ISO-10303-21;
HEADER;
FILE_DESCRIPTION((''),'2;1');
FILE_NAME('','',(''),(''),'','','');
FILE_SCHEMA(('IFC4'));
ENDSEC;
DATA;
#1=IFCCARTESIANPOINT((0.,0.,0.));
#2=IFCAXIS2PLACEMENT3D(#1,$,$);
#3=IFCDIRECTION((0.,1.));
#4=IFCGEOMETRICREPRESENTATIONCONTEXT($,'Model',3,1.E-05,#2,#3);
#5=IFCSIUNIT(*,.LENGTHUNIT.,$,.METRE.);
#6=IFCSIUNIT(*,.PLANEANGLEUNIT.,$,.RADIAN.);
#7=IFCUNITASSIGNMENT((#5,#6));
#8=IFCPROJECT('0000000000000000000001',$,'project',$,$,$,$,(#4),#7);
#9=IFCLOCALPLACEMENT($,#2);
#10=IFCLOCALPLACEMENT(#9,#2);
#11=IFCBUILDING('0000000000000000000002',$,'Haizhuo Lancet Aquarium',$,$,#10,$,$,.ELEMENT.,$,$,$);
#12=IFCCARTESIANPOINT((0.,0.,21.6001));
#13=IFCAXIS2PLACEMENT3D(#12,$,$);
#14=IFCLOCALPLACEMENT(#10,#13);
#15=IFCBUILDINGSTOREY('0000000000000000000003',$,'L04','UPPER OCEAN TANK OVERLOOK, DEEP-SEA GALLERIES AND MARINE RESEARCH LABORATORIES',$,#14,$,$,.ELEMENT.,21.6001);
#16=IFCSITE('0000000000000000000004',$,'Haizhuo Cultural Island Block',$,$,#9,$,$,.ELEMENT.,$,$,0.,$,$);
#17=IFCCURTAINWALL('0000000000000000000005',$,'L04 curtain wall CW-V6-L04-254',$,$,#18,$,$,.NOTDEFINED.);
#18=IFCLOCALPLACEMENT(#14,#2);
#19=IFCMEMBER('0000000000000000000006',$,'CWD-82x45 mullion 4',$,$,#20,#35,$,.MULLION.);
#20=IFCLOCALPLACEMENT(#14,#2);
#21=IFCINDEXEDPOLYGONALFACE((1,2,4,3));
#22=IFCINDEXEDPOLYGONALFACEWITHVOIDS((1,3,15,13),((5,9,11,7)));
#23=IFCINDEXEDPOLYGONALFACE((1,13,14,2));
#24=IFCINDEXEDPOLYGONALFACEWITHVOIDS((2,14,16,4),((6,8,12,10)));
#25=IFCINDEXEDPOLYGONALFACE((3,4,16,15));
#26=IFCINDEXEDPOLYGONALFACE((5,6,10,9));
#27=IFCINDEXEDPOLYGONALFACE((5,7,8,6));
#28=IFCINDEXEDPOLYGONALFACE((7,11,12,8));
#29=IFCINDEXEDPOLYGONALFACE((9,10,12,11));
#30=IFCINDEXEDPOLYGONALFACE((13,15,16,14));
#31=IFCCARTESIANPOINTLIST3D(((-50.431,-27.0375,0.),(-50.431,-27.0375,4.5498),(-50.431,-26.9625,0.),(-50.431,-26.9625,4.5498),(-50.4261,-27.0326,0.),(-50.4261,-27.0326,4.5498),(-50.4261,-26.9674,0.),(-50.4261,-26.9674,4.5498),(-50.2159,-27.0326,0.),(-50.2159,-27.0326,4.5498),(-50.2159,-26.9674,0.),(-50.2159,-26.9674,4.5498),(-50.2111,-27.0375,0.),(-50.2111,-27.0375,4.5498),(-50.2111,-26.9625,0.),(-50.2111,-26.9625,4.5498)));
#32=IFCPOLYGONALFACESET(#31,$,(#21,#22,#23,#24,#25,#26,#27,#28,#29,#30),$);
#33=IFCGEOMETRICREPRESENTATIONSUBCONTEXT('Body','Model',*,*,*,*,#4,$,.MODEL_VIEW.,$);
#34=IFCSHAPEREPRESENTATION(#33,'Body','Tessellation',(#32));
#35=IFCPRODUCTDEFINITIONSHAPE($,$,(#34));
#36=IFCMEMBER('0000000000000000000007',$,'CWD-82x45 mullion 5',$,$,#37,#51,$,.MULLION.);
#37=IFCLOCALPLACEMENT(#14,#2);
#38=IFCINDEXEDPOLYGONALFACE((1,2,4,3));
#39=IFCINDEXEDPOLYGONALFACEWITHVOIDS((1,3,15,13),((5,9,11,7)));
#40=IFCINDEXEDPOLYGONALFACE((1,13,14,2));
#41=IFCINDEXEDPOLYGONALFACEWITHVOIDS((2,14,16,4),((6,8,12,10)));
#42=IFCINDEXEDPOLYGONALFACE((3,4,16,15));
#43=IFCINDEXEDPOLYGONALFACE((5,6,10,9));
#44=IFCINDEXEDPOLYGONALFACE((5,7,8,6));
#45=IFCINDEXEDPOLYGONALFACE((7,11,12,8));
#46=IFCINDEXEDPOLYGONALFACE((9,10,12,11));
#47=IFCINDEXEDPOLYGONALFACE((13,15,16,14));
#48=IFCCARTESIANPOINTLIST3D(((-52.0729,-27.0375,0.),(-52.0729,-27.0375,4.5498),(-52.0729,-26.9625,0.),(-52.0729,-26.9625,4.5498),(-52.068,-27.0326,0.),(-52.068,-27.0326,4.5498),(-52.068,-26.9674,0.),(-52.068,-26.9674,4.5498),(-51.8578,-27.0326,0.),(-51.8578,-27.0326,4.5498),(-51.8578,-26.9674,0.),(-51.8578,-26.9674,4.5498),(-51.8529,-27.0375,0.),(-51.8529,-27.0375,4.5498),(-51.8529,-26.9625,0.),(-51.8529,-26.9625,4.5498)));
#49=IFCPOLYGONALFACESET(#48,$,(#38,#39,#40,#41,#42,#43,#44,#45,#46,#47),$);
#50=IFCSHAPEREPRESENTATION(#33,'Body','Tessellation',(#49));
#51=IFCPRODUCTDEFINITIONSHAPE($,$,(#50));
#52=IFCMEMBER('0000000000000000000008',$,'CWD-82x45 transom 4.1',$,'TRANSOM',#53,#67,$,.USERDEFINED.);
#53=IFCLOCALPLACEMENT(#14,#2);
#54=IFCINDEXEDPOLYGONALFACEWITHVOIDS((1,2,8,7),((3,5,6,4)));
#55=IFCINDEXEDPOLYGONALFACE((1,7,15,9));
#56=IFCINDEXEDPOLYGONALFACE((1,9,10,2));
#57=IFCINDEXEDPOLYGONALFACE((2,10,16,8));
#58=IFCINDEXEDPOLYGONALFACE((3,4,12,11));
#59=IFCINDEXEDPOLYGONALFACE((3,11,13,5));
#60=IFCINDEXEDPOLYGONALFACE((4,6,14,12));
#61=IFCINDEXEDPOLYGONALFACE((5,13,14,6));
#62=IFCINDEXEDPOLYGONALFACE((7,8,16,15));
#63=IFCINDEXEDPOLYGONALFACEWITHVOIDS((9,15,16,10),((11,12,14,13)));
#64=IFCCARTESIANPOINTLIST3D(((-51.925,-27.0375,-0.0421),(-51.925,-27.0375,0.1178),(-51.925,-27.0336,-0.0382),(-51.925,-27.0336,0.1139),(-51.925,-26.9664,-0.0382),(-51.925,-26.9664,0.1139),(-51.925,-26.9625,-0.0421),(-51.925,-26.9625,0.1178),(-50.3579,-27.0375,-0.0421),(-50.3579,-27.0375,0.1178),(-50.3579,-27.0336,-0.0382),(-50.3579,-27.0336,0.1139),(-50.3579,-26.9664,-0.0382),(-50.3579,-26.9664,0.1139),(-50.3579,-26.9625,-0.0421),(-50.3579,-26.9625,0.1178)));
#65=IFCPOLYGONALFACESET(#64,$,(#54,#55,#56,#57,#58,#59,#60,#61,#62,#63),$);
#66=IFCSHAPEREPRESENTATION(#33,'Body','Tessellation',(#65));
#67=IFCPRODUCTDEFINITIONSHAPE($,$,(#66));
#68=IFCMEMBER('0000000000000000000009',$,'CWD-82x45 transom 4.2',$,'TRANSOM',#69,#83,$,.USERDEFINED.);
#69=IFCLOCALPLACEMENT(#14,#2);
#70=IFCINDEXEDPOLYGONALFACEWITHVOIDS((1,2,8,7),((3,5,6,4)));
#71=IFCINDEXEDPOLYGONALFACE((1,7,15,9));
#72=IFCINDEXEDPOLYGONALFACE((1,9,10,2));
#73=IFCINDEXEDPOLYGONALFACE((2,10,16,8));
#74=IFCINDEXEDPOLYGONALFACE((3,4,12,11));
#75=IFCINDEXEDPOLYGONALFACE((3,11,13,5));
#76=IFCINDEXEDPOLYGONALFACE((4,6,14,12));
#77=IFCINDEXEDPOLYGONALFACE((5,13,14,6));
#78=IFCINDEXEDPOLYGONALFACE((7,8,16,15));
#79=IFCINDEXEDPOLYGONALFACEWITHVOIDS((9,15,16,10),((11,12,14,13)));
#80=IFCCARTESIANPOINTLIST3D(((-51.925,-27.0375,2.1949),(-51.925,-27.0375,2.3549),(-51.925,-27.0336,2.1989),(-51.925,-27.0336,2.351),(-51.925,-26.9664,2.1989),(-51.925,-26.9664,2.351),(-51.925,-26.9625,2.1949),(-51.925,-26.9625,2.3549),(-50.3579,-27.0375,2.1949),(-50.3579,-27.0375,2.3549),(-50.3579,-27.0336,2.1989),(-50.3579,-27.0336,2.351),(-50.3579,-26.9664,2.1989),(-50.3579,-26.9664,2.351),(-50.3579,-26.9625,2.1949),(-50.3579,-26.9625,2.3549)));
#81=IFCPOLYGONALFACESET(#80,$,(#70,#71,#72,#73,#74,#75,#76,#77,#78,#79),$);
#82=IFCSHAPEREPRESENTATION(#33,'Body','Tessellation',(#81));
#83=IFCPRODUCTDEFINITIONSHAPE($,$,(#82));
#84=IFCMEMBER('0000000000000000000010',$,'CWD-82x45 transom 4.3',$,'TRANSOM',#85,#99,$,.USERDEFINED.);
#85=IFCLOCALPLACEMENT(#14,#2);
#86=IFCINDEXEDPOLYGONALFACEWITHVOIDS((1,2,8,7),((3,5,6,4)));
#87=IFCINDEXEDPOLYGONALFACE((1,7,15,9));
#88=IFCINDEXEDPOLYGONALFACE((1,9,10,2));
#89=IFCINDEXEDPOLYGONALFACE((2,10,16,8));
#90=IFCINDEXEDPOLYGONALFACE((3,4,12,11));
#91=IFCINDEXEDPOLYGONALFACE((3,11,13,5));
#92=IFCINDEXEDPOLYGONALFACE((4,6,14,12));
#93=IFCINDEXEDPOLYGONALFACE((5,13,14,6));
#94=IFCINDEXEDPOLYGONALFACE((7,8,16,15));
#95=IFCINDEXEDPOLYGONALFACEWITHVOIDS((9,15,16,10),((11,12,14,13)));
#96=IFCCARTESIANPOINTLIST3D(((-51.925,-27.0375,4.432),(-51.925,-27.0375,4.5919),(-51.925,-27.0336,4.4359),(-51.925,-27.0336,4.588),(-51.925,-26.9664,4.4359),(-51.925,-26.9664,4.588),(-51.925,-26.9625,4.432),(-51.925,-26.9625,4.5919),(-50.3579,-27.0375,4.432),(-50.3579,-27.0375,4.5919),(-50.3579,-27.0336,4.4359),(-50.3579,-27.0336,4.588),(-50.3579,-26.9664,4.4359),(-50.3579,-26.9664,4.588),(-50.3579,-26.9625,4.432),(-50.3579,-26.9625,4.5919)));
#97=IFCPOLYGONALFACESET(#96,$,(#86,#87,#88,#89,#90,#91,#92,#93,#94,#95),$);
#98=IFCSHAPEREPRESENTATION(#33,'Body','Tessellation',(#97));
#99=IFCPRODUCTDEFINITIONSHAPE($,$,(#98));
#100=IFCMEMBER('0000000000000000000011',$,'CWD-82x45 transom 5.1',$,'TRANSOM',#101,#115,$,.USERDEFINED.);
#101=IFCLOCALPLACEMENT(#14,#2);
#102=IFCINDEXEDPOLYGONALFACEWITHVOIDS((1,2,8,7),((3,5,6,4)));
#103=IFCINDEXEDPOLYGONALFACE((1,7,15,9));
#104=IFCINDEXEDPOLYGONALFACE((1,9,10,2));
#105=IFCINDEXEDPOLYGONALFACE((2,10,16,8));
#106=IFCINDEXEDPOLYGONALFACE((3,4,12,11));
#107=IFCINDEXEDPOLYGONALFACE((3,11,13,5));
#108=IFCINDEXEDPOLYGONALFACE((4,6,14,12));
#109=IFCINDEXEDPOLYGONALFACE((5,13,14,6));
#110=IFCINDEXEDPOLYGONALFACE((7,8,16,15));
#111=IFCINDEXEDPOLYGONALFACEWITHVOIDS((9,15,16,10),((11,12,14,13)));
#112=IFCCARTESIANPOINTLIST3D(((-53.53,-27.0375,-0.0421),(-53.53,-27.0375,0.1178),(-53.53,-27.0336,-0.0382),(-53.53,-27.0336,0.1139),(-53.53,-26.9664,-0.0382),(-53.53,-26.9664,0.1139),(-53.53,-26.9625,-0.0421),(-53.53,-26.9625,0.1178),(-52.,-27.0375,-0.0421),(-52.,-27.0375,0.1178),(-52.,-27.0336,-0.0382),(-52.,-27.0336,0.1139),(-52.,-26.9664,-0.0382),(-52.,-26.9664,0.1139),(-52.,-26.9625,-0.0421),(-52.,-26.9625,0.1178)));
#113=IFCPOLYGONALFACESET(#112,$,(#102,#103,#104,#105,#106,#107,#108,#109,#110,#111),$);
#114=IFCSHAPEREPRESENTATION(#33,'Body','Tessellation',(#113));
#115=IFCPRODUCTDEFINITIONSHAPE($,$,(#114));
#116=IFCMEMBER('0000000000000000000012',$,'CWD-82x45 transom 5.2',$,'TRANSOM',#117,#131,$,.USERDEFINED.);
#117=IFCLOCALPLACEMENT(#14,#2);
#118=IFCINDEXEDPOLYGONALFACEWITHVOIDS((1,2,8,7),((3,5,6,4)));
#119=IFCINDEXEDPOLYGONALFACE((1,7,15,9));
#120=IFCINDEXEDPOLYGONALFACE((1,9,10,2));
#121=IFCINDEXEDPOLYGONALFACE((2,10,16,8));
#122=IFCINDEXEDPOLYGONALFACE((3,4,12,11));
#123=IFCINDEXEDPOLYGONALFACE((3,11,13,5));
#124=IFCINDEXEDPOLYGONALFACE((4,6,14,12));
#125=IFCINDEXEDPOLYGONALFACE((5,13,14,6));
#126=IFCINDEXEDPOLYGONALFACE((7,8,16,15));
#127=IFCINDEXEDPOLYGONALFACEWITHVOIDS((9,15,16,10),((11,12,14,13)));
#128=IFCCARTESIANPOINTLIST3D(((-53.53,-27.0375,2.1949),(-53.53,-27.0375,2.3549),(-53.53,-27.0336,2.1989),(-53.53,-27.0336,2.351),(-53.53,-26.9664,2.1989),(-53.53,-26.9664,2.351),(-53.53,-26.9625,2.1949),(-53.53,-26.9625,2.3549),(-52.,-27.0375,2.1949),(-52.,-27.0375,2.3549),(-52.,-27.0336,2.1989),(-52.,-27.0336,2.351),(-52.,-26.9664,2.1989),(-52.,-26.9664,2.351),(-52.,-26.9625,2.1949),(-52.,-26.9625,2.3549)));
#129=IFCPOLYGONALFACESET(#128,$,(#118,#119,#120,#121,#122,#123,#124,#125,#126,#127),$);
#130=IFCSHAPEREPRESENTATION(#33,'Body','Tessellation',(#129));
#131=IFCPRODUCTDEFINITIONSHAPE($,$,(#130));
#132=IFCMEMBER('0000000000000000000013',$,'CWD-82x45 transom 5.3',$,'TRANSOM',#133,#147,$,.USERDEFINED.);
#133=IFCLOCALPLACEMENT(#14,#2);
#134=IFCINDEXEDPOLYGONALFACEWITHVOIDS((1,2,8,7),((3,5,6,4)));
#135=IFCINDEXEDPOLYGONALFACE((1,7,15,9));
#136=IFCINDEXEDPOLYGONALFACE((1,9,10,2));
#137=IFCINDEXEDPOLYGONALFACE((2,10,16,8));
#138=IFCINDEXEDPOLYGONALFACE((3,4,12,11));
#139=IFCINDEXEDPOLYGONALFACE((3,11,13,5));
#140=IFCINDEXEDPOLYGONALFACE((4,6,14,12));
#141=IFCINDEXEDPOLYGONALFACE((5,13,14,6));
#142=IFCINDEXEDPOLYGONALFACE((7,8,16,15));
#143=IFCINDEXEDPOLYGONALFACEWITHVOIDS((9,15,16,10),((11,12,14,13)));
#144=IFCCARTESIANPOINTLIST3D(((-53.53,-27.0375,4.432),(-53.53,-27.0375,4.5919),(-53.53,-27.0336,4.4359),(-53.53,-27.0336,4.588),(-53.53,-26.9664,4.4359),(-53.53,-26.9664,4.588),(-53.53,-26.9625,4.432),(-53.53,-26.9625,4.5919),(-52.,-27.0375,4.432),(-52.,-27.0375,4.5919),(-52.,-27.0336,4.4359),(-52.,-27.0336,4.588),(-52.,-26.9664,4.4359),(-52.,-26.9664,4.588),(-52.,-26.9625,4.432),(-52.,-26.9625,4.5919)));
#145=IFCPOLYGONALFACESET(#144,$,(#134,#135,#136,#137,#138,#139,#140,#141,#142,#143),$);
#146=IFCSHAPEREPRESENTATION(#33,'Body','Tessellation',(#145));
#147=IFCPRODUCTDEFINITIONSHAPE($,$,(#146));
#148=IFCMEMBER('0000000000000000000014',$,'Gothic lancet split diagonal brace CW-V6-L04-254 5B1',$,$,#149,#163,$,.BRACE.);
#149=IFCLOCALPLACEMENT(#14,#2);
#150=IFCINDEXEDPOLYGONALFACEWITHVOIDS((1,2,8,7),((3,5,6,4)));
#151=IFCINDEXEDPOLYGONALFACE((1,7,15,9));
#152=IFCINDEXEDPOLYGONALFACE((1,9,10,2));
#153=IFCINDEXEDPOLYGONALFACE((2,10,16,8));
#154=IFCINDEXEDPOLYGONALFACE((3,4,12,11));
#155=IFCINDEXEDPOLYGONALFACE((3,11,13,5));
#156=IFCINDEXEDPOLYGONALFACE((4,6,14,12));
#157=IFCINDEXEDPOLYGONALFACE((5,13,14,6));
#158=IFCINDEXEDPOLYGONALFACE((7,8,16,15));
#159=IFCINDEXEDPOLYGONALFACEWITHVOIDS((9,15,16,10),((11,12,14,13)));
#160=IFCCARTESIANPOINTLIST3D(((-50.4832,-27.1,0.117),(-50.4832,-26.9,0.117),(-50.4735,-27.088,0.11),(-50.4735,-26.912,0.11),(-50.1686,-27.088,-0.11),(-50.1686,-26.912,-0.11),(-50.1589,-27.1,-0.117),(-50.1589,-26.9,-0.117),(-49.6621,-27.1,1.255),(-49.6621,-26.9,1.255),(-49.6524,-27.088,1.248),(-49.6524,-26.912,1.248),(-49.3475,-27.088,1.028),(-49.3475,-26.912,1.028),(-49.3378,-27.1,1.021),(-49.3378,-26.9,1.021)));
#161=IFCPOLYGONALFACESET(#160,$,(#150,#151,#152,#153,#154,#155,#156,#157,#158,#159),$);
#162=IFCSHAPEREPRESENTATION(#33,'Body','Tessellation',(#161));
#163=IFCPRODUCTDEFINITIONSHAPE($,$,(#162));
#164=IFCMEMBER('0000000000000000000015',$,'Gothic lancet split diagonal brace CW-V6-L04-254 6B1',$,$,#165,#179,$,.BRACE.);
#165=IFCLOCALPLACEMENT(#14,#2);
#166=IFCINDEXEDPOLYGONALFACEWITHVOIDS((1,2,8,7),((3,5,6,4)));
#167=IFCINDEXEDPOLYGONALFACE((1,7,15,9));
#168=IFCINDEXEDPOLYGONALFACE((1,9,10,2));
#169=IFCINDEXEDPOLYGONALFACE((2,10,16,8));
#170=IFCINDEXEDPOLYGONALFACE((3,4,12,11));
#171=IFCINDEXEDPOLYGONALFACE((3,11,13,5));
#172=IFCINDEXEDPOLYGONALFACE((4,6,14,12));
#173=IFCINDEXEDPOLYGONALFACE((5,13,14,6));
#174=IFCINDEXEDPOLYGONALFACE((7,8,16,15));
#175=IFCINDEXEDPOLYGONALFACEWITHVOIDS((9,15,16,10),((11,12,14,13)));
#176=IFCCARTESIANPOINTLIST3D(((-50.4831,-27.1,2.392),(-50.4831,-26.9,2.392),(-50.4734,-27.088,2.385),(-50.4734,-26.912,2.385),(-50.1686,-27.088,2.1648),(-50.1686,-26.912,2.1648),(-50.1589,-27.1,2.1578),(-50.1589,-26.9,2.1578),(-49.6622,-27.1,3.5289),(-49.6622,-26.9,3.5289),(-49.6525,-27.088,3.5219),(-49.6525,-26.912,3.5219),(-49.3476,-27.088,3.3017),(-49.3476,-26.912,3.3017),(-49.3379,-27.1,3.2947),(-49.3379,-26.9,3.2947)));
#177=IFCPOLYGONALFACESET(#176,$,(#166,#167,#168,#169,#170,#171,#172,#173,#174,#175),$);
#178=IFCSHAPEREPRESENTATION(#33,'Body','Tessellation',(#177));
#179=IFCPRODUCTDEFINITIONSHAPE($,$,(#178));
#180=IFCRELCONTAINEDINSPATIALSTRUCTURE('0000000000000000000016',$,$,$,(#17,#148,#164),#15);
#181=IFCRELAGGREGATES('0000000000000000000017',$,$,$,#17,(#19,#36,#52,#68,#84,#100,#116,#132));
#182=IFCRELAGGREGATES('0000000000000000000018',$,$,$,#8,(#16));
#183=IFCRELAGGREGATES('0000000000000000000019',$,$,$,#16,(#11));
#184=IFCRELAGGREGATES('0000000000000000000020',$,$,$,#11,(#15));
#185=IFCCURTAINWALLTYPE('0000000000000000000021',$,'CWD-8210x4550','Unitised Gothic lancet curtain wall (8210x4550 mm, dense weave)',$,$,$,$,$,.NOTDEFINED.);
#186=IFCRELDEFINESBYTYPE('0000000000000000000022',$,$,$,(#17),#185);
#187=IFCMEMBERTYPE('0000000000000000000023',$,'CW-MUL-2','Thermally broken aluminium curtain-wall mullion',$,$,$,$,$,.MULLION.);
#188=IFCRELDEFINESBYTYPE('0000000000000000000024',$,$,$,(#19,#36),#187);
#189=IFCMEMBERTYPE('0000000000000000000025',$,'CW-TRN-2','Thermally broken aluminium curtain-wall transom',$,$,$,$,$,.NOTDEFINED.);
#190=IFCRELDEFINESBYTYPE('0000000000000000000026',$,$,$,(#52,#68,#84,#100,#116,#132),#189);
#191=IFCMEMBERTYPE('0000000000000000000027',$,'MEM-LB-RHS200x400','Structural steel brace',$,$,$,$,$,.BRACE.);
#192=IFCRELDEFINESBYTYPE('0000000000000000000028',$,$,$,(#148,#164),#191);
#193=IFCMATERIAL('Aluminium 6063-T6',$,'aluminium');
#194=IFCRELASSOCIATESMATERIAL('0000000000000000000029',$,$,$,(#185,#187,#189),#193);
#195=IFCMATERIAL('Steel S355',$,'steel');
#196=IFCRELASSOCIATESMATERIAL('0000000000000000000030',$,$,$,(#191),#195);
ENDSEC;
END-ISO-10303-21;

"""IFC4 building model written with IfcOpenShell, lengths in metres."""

from ifc_helpers import new_model, si_unit, direction, frame, origin, origin_2d, place, context, subcontext, project, spatial, hollow_rectangle, extrude, material, material_profile, profile_set, type_object, element, aggregate, save


model = new_model("IFC4")

# Units and contexts
model_context = context("Model", 3, precision=1e-05, world=origin(), true_north=direction((0.0, 1.0)))
body_context = subcontext(model_context, "Body", "Model", "MODEL_VIEW")
ifc_project = project(units=[si_unit("LENGTHUNIT", "METRE"), si_unit("PLANEANGLEUNIT", "RADIAN")], contexts=[model_context])

# Site, building, storey
site_placement = place(None, origin())
site = spatial("IfcSite", under=ifc_project, at=site_placement, Name="Haizhuo Cultural Island Block", CompositionType="ELEMENT", RefElevation=0.0)
building_placement = place(site_placement, origin())
building = spatial("IfcBuilding", under=site, at=building_placement, Name="Haizhuo Lancet Aquarium", CompositionType="ELEMENT")
storey_placement = place(building_placement, frame((0.0, 0.0, 21.6001)))
storey = spatial("IfcBuildingStorey", under=building, at=storey_placement, Name="L04", Description="UPPER OCEAN TANK OVERLOOK, DEEP-SEA GALLERIES AND MARINE RESEARCH LABORATORIES", CompositionType="ELEMENT", Elevation=21.6001)

# Curtain wall, members
ifc_material_1 = material(Name="Aluminium 6063-T6", Category="aluminium")
curtain_wall_type = type_object("IfcCurtainWallType", Name="CWD-8210x4550", Description="Unitised Gothic lancet curtain wall (8210x4550 mm, dense weave)", PredefinedType="NOTDEFINED", material=ifc_material_1)
curtain_wall_placement = place(storey_placement, origin())
curtain_wall = element("IfcCurtainWall", 1, at=curtain_wall_placement, inside=storey, type_object=curtain_wall_type, Name="L04 curtain wall CW-V6-L04-254", PredefinedType="NOTDEFINED")
ifc_material_profile_1 = material_profile(ifc_material_1, hollow_rectangle(XDim=0.075, YDim=0.22, WallThickness=0.0049, at=origin_2d()), Name="ALU-M 75x220x5")
ifc_profile_set_1 = profile_set([ifc_material_profile_1], Name="Aluminium 6063-T6")
member_type_1 = type_object("IfcMemberType", Name="CW-MUL-2", Description="Thermally broken aluminium curtain-wall mullion", PredefinedType="MULLION", material=ifc_profile_set_1)
member_1_placement = place(storey_placement, frame((-50.321, -27.0, 0.0), z_axis=(0.0, 0.0, 1.0), x_axis=(0.0, -1.0, 0.0)))
member_1 = element("IfcMember", 2, at=member_1_placement, type_object=member_type_1, Name="CWD-82x45 mullion 4", PredefinedType="MULLION", context=body_context, shape_type="SweptSolid", body=[
    extrude(hollow_rectangle(XDim=0.075, YDim=0.22, WallThickness=0.0049, at=origin_2d()), origin(), (0.0, 0.0, 1.0), 4.5498),
])
member_2_placement = place(storey_placement, frame((-51.9629, -27.0, 0.0), z_axis=(0.0, 0.0, 1.0), x_axis=(0.0, -1.0, 0.0)))
member_2 = element("IfcMember", 3, at=member_2_placement, type_object=member_type_1, Name="CWD-82x45 mullion 5", PredefinedType="MULLION", context=body_context, shape_type="SweptSolid", body=[
    extrude(hollow_rectangle(XDim=0.075, YDim=0.22, WallThickness=0.0049, at=origin_2d()), origin(), (0.0, 0.0, 1.0), 4.5498),
])
ifc_material_profile_2 = material_profile(ifc_material_1, hollow_rectangle(XDim=0.075, YDim=0.1599, WallThickness=0.0039, at=origin_2d()), Name="ALU-T 75x160x4")
ifc_profile_set_2 = profile_set([ifc_material_profile_2], Name="Aluminium 6063-T6")
member_type_2 = type_object("IfcMemberType", Name="CW-TRN-2", Description="Thermally broken aluminium curtain-wall transom", PredefinedType="NOTDEFINED", material=ifc_profile_set_2)
member_3_placement = place(storey_placement, frame((-50.3579, -27.0, 0.0378), z_axis=(-1.0, 0.0, 0.0), x_axis=(0.0, -1.0, 0.0)))
member_3 = element("IfcMember", 4, at=member_3_placement, type_object=member_type_2, Name="CWD-82x45 transom 4.1", ObjectType="TRANSOM", PredefinedType="USERDEFINED", context=body_context, shape_type="SweptSolid", body=[
    extrude(hollow_rectangle(XDim=0.075, YDim=0.1599, WallThickness=0.0039, at=origin_2d()), origin(), (0.0, 0.0, 1.0), 1.5671),
])
member_4_placement = place(storey_placement, frame((-50.3579, -27.0, 2.2749), z_axis=(-1.0, 0.0, 0.0), x_axis=(0.0, -1.0, 0.0)))
member_4 = element("IfcMember", 5, at=member_4_placement, type_object=member_type_2, Name="CWD-82x45 transom 4.2", ObjectType="TRANSOM", PredefinedType="USERDEFINED", context=body_context, shape_type="SweptSolid", body=[
    extrude(hollow_rectangle(XDim=0.075, YDim=0.1599, WallThickness=0.0039, at=origin_2d()), origin(), (0.0, 0.0, 1.0), 1.5671),
])
member_5_placement = place(storey_placement, frame((-50.3579, -27.0, 4.512), z_axis=(-1.0, 0.0, 0.0), x_axis=(0.0, -1.0, 0.0)))
member_5 = element("IfcMember", 6, at=member_5_placement, type_object=member_type_2, Name="CWD-82x45 transom 4.3", ObjectType="TRANSOM", PredefinedType="USERDEFINED", context=body_context, shape_type="SweptSolid", body=[
    extrude(hollow_rectangle(XDim=0.075, YDim=0.1599, WallThickness=0.0039, at=origin_2d()), origin(), (0.0, 0.0, 1.0), 1.5671),
])
member_6_placement = place(storey_placement, frame((-52.0, -27.0, 0.0378), z_axis=(-1.0, 0.0, 0.0), x_axis=(0.0, -1.0, 0.0)))
member_6 = element("IfcMember", 7, at=member_6_placement, type_object=member_type_2, Name="CWD-82x45 transom 5.1", ObjectType="TRANSOM", PredefinedType="USERDEFINED", context=body_context, shape_type="SweptSolid", body=[
    extrude(hollow_rectangle(XDim=0.075, YDim=0.1599, WallThickness=0.0039, at=origin_2d()), origin(), (0.0, 0.0, 1.0), 1.53),
])
member_7_placement = place(storey_placement, frame((-52.0, -27.0, 2.2749), z_axis=(-1.0, 0.0, 0.0), x_axis=(0.0, -1.0, 0.0)))
member_7 = element("IfcMember", 8, at=member_7_placement, type_object=member_type_2, Name="CWD-82x45 transom 5.2", ObjectType="TRANSOM", PredefinedType="USERDEFINED", context=body_context, shape_type="SweptSolid", body=[
    extrude(hollow_rectangle(XDim=0.075, YDim=0.1599, WallThickness=0.0039, at=origin_2d()), origin(), (0.0, 0.0, 1.0), 1.53),
])
member_8_placement = place(storey_placement, frame((-52.0, -27.0, 4.512), z_axis=(-1.0, 0.0, 0.0), x_axis=(0.0, -1.0, 0.0)))
member_8 = element("IfcMember", 9, at=member_8_placement, type_object=member_type_2, Name="CWD-82x45 transom 5.3", ObjectType="TRANSOM", PredefinedType="USERDEFINED", context=body_context, shape_type="SweptSolid", body=[
    extrude(hollow_rectangle(XDim=0.075, YDim=0.1599, WallThickness=0.0039, at=origin_2d()), origin(), (0.0, 0.0, 1.0), 1.53),
])

# Members
ifc_material_2 = material(Name="Steel S355", Category="steel")
ifc_material_profile_3 = material_profile(ifc_material_2, hollow_rectangle(XDim=0.2, YDim=0.3999, WallThickness=0.012, at=origin_2d()), Name="RHS 200x400x12")
ifc_profile_set_3 = profile_set([ifc_material_profile_3], Name="Steel S355")
member_type_3 = type_object("IfcMemberType", Name="MEM-LB-RHS200x400", Description="Structural steel brace", PredefinedType="BRACE", material=ifc_profile_set_3)
member_9_placement = place(storey_placement, frame((-50.321, -27.0, 0.0), z_axis=(0.585116, 0.0, 0.81095), x_axis=(0.0, 1.0, 0.0)))
element("IfcMember", 10, at=member_9_placement, inside=storey, type_object=member_type_3, Name="Gothic lancet split diagonal brace CW-V6-L04-254 5B1", PredefinedType="BRACE", context=body_context, shape_type="SweptSolid", body=[
    extrude(hollow_rectangle(XDim=0.2, YDim=0.3999, WallThickness=0.012, at=origin_2d()), origin(), (0.0, 0.0, 1.0), 1.4033),
])
member_10_placement = place(storey_placement, frame((-50.321, -27.0, 2.2749), z_axis=(0.585446, 0.0, 0.810711), x_axis=(0.0, 1.0, 0.0)))
element("IfcMember", 11, at=member_10_placement, inside=storey, type_object=member_type_3, Name="Gothic lancet split diagonal brace CW-V6-L04-254 6B1", PredefinedType="BRACE", context=body_context, shape_type="SweptSolid", body=[
    extrude(hollow_rectangle(XDim=0.2, YDim=0.3999, WallThickness=0.012, at=origin_2d()), origin(), (0.0, 0.0, 1.0), 1.4023),
])

aggregate(curtain_wall, [member_1, member_2, member_3, member_4, member_5, member_6, member_7, member_8])

save(model, "model.ifc")
